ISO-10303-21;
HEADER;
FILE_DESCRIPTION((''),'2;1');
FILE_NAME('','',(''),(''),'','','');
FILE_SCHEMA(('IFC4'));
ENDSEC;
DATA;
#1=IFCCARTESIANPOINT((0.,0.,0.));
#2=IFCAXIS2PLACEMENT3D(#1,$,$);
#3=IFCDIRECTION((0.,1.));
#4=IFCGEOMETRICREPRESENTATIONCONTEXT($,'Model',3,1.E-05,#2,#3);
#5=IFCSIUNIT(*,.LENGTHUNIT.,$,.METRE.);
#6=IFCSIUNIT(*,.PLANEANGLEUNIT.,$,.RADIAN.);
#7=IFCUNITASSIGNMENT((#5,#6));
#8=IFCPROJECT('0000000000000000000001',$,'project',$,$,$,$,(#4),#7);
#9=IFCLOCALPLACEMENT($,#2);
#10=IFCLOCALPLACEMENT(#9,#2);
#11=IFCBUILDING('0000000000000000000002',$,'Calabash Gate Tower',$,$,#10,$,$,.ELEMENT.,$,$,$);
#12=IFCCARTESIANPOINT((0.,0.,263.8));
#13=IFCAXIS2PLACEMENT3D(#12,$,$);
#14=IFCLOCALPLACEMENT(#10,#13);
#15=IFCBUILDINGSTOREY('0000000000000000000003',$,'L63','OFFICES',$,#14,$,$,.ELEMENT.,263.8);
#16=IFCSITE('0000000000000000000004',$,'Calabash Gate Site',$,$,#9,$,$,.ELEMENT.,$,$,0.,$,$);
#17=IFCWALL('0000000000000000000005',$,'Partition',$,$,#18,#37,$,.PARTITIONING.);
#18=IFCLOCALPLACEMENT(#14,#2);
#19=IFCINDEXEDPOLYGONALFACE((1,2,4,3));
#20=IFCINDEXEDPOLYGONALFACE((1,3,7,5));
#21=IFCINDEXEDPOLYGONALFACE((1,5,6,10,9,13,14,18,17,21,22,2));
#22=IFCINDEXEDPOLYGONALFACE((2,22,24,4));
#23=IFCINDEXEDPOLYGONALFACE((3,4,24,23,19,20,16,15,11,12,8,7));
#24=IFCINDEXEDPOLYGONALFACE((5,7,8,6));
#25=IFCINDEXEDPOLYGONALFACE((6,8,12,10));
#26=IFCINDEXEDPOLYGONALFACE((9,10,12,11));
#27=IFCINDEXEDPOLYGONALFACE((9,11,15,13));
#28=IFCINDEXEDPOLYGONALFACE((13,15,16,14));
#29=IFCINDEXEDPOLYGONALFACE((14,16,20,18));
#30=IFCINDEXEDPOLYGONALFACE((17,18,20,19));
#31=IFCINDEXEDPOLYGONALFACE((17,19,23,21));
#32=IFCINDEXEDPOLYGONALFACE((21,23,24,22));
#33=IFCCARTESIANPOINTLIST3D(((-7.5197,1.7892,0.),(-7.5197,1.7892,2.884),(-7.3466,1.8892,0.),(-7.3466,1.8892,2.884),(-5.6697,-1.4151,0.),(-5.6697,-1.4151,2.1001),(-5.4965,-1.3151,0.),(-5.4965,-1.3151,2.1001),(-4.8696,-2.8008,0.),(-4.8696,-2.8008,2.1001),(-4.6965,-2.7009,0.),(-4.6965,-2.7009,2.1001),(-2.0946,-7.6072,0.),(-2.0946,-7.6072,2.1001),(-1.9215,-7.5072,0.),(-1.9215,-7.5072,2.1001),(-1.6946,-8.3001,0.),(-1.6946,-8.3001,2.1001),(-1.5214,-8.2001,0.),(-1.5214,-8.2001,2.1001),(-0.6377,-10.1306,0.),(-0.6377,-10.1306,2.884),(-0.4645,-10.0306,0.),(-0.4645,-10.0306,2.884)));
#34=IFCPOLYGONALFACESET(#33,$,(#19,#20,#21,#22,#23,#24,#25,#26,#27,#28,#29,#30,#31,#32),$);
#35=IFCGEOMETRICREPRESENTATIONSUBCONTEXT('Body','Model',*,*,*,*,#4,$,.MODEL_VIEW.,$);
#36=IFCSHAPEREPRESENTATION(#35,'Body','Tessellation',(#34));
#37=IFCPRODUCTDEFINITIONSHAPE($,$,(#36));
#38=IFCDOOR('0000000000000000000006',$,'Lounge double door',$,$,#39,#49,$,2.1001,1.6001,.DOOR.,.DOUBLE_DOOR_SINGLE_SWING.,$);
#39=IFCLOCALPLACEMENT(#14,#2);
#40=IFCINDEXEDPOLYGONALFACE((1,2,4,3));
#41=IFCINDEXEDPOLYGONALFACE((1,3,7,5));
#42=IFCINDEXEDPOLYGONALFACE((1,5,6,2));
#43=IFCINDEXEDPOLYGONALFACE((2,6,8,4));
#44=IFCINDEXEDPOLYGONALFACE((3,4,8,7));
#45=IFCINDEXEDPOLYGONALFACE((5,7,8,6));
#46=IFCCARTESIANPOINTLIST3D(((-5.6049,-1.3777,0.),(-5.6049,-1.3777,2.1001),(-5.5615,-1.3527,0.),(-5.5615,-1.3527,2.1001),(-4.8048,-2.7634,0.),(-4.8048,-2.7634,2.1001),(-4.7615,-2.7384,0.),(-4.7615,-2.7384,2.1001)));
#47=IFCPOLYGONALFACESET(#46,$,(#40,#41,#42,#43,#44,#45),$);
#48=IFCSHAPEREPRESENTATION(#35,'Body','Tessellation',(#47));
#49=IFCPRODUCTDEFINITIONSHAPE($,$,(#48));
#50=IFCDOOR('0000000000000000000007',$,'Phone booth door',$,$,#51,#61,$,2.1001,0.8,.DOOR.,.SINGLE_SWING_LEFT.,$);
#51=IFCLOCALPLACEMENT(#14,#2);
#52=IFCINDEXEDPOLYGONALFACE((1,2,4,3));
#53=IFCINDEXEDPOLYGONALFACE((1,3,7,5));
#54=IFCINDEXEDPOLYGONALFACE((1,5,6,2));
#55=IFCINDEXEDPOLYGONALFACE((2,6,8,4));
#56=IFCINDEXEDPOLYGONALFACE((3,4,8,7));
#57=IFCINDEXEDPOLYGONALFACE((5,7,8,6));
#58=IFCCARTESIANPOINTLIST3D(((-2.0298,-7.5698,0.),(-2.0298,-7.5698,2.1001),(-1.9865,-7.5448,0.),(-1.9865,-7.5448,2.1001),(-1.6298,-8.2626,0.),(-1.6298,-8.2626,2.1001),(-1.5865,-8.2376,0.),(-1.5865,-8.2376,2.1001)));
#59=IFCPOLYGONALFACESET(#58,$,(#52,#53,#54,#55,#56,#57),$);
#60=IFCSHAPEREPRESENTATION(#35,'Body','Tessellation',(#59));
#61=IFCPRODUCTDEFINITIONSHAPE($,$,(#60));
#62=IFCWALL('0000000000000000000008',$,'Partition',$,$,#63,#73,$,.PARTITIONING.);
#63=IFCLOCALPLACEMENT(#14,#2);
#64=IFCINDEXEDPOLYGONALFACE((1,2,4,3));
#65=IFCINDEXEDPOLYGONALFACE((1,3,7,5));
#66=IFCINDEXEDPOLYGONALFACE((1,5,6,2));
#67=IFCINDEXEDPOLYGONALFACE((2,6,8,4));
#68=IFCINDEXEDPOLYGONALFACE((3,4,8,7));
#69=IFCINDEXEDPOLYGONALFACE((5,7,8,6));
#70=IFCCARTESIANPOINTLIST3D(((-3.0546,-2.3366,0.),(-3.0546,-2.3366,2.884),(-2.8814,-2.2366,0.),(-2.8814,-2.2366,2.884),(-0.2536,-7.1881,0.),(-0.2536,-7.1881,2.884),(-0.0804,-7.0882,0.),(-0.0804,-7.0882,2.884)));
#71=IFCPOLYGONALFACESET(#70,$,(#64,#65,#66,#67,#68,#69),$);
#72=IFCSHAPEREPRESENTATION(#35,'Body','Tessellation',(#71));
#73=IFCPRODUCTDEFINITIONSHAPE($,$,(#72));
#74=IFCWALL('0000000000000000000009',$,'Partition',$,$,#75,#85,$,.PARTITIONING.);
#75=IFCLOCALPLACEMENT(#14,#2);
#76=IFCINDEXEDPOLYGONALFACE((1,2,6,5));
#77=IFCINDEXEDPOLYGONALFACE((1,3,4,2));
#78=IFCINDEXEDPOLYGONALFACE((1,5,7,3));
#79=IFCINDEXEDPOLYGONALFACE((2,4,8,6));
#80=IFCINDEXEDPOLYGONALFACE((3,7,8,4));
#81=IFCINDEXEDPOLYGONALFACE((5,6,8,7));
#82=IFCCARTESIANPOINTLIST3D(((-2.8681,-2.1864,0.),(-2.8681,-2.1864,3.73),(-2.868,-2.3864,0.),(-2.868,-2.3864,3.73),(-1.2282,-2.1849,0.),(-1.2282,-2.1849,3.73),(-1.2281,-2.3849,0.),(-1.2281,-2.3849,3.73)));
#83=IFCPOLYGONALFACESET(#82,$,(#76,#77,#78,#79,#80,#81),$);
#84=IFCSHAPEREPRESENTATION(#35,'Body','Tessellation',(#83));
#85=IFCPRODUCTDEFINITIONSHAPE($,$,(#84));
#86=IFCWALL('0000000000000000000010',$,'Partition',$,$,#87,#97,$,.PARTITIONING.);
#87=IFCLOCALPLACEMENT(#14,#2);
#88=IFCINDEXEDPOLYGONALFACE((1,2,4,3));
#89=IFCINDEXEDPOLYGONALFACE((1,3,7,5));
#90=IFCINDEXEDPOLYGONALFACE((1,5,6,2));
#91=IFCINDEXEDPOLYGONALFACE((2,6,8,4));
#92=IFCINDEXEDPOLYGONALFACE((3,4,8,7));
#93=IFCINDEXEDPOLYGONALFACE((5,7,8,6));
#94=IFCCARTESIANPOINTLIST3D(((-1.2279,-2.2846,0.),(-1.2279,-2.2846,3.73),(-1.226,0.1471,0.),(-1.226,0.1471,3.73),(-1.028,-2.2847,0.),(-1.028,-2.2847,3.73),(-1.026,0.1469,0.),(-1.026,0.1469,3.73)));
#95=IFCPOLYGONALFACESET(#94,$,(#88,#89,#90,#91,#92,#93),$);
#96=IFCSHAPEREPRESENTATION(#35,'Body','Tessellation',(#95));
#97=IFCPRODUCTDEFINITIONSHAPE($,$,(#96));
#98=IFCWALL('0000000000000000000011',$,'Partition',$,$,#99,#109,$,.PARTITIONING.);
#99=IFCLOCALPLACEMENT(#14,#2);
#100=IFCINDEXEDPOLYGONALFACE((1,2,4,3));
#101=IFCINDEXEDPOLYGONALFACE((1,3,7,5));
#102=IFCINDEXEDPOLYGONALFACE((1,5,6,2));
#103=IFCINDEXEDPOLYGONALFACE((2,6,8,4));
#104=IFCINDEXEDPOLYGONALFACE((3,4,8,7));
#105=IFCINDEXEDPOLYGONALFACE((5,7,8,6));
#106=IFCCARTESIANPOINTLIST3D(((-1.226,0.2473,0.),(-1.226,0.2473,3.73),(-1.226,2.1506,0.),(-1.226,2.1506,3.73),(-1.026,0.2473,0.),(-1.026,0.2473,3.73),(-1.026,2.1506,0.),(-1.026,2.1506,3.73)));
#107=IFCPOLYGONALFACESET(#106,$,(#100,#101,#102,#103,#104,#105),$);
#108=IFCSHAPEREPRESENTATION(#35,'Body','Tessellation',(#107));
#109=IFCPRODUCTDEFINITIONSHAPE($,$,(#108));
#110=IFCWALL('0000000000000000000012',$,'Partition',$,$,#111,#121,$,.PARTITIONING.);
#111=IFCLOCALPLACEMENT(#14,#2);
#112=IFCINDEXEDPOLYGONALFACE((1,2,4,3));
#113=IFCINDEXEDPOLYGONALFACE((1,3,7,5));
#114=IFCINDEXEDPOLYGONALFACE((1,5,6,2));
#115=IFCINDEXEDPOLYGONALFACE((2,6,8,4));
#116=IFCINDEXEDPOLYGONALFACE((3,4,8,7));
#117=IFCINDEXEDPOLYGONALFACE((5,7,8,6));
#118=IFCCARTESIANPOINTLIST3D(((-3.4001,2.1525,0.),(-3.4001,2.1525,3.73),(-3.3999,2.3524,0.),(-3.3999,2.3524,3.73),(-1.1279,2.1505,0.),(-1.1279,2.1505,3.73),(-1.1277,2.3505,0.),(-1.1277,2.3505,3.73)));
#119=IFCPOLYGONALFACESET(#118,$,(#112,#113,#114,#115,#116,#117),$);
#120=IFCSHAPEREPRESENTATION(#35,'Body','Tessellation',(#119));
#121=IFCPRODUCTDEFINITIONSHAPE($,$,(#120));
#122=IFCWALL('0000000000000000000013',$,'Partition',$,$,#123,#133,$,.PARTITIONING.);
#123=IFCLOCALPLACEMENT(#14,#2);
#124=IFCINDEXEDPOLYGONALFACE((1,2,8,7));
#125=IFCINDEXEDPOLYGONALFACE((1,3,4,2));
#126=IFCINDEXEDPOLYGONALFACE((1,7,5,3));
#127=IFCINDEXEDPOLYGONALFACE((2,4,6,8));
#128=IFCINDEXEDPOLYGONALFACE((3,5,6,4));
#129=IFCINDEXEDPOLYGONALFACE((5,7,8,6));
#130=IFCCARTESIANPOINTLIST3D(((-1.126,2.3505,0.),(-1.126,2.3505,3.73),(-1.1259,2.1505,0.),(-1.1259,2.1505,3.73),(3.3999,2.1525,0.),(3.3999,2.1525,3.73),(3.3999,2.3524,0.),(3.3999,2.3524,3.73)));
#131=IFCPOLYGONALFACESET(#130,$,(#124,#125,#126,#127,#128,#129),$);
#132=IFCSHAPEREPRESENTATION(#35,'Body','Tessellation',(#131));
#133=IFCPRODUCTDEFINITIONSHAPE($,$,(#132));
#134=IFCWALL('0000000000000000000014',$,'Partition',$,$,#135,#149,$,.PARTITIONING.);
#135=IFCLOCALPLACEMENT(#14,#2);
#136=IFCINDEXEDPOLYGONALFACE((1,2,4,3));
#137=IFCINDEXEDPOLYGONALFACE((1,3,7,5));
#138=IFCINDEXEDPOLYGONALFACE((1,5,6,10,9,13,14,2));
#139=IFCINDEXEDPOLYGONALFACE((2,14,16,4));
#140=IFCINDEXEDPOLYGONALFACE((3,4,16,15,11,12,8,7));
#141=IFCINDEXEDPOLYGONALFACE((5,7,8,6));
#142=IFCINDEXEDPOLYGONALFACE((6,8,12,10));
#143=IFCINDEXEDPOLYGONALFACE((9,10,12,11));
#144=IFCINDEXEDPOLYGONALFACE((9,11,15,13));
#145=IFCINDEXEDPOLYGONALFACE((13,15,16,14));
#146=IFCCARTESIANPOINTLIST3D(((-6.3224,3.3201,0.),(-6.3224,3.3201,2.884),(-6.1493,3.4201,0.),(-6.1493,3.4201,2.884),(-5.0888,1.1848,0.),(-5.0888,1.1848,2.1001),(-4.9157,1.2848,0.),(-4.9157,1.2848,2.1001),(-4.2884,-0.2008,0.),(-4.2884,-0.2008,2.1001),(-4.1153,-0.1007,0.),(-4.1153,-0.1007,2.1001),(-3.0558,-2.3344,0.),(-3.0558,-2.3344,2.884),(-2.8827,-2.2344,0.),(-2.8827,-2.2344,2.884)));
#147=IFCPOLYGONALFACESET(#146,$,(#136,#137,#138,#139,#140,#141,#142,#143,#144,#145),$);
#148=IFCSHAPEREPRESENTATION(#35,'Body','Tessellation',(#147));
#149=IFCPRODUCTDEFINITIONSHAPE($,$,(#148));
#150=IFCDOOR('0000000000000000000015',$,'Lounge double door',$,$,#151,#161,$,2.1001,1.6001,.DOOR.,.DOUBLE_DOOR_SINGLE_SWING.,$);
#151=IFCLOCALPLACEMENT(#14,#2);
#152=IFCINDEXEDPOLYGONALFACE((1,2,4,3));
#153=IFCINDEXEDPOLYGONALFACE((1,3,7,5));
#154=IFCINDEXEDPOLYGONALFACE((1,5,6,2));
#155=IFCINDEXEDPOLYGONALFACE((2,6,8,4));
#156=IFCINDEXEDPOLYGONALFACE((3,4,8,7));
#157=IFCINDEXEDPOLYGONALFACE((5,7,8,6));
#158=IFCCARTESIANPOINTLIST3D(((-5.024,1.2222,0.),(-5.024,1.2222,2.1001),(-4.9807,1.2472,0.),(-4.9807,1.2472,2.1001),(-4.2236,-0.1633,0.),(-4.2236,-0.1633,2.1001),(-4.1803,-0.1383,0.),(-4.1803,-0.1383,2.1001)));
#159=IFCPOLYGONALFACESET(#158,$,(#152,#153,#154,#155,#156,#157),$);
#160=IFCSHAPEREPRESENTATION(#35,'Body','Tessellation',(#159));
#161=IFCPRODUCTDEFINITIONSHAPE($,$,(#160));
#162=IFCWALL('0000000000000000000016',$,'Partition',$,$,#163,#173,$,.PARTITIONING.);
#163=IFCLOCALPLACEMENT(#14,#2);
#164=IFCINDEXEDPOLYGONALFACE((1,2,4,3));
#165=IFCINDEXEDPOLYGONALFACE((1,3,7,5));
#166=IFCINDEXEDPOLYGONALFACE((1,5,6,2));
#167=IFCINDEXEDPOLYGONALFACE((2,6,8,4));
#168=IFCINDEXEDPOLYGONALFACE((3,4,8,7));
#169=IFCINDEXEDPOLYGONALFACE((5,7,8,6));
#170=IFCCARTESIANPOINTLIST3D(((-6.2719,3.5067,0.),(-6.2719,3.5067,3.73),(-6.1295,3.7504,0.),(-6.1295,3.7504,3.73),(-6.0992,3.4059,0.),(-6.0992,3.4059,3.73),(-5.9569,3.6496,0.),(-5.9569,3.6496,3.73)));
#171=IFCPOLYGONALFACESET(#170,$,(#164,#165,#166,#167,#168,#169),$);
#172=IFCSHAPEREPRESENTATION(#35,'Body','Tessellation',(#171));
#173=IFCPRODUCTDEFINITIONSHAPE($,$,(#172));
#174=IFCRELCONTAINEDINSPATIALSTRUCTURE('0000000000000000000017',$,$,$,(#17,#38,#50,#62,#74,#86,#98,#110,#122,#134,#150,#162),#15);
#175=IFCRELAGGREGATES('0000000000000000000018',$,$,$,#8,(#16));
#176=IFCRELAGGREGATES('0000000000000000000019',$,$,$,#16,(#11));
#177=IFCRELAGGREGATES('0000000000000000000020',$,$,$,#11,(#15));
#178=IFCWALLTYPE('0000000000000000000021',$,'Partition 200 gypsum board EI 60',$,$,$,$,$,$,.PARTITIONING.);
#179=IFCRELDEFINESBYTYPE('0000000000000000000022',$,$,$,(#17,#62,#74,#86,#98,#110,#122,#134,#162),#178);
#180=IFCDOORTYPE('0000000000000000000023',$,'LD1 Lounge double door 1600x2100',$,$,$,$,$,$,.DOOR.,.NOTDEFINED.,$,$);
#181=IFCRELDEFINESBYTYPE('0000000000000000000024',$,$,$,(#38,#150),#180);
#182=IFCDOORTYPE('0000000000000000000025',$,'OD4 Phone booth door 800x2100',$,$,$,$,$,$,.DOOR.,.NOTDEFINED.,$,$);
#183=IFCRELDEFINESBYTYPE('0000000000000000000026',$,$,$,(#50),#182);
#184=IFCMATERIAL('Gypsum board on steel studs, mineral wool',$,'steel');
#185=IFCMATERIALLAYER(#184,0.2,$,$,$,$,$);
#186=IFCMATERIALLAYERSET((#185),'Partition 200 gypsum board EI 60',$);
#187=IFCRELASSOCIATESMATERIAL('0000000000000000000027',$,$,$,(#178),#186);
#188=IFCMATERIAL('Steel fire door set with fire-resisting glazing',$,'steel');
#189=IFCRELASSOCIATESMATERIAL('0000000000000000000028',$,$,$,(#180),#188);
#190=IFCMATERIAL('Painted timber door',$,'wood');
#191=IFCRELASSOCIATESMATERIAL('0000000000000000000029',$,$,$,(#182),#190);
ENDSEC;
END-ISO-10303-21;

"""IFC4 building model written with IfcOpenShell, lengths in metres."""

from ifc_helpers import new_model, si_unit, direction, frame, frame_2d, origin, place, context, subcontext, project, spatial, rectangle, extrude, material, layer, layer_set, type_object, element, fill, save


model = new_model("IFC4")

# Units and contexts
model_context = context("Model", 3, precision=1e-05, world=origin(), true_north=direction((0.0, 1.0)))
body_context = subcontext(model_context, "Body", "Model", "MODEL_VIEW")
ifc_project = project(units=[si_unit("LENGTHUNIT", "METRE"), si_unit("PLANEANGLEUNIT", "RADIAN")], contexts=[model_context])

# Site, building, storey
site_placement = place(None, origin())
site = spatial("IfcSite", under=ifc_project, at=site_placement, Name="Calabash Gate Site", CompositionType="ELEMENT", RefElevation=0.0)
building_placement = place(site_placement, origin())
building = spatial("IfcBuilding", under=site, at=building_placement, Name="Calabash Gate Tower", CompositionType="ELEMENT")
storey_placement = place(building_placement, frame((0.0, 0.0, 263.8)))
storey = spatial("IfcBuildingStorey", under=building, at=storey_placement, Name="L63", Description="OFFICES", CompositionType="ELEMENT", Elevation=263.8)

# Wall, openings, doors
ifc_material_1 = material(Name="Gypsum board on steel studs, mineral wool", Category="steel")
ifc_layer_1 = layer(ifc_material_1, 0.2)
ifc_layer_set_1 = layer_set([ifc_layer_1], Name="Partition 200 gypsum board EI 60")
wall_type_1 = type_object("IfcWallType", Name="Partition 200 gypsum board EI 60", PredefinedType="PARTITIONING", material=ifc_layer_set_1)
wall_1_placement = place(storey_placement, frame((-7.4331, 1.8391, 0.0), z_axis=(0.0, 0.0, 1.0), x_axis=(0.500006, -0.866022, 0.0)))
wall_1 = element("IfcWall", 1, at=wall_1_placement, inside=storey, type_object=wall_type_1, Name="Partition", PredefinedType="PARTITIONING", context=body_context, shape_type="SweptSolid", body=[
    extrude(rectangle(XDim=13.7639, YDim=0.2, at=frame_2d((6.8818, 0.0))), origin(), (0.0, 0.0, 1.0), 2.884),
])
opening_1_placement = place(wall_1_placement, frame((3.7, 0.0, 0.0)))
opening_1 = element("IfcOpeningElement", 2, at=opening_1_placement, cuts=wall_1, PredefinedType="OPENING", context=body_context, shape_type="SweptSolid", body=[
    extrude(rectangle(XDim=1.6001, YDim=2.1001, at=frame_2d((0.8, 1.05))), frame((0.0, 0.1099, 0.0), z_axis=(0.0, -1.0, 0.0), x_axis=(1.0, 0.0, 0.0)), (0.0, 0.0, 1.0), 0.22),
])
opening_2_placement = place(wall_1_placement, frame((10.8501, 0.0, 0.0)))
opening_2 = element("IfcOpeningElement", 3, at=opening_2_placement, cuts=wall_1, PredefinedType="OPENING", context=body_context, shape_type="SweptSolid", body=[
    extrude(rectangle(XDim=0.8, YDim=2.1001, at=frame_2d((0.3999, 1.05))), frame((0.0, 0.1099, 0.0), z_axis=(0.0, -1.0, 0.0), x_axis=(1.0, 0.0, 0.0)), (0.0, 0.0, 1.0), 0.22),
])
ifc_material_2 = material(Name="Steel fire door set with fire-resisting glazing", Category="steel")
door_type_1 = type_object("IfcDoorType", Name="LD1 Lounge double door 1600x2100", OperationType="NOTDEFINED", PredefinedType="DOOR", material=ifc_material_2)
door_1_placement = place(opening_1_placement, origin())
door_1 = element("IfcDoor", 4, at=door_1_placement, inside=storey, type_object=door_type_1, Name="Lounge double door", OperationType="DOUBLE_DOOR_SINGLE_SWING", OverallHeight=2.1001, OverallWidth=1.6001, PredefinedType="DOOR", context=body_context, shape_type="SweptSolid", body=[
    extrude(rectangle(XDim=1.6001, YDim=2.1001, at=frame_2d((0.8, 1.05))), frame((0.0, 0.0249, 0.0), z_axis=(0.0, -1.0, 0.0), x_axis=(1.0, 0.0, 0.0)), (0.0, 0.0, 1.0), 0.05),
])
fill(opening_1, door_1)
ifc_material_3 = material(Name="Painted timber door", Category="wood")
door_type_2 = type_object("IfcDoorType", Name="OD4 Phone booth door 800x2100", OperationType="NOTDEFINED", PredefinedType="DOOR", material=ifc_material_3)
door_2_placement = place(opening_2_placement, origin())
door_2 = element("IfcDoor", 5, at=door_2_placement, inside=storey, type_object=door_type_2, Name="Phone booth door", OperationType="SINGLE_SWING_LEFT", OverallHeight=2.1001, OverallWidth=0.8, PredefinedType="DOOR", context=body_context, shape_type="SweptSolid", body=[
    extrude(rectangle(XDim=0.8, YDim=2.1001, at=frame_2d((0.3999, 1.05))), frame((0.0, 0.0249, 0.0), z_axis=(0.0, -1.0, 0.0), x_axis=(1.0, 0.0, 0.0)), (0.0, 0.0, 1.0), 0.05),
])
fill(opening_2, door_2)

# Walls
wall_2_placement = place(storey_placement, frame((-2.968, -2.2866, 0.0), z_axis=(0.0, 0.0, 1.0), x_axis=(0.499997, -0.866027, 0.0)))
element("IfcWall", 6, at=wall_2_placement, inside=storey, type_object=wall_type_1, Name="Partition", PredefinedType="PARTITIONING", context=body_context, shape_type="SweptSolid", body=[
    extrude(rectangle(XDim=5.6021, YDim=0.2, at=frame_2d((2.801, 0.0))), origin(), (0.0, 0.0, 1.0), 2.884),
])
wall_3_placement = place(storey_placement, frame((-2.8679, -2.2864, 0.0), z_axis=(0.0, 0.0, 1.0), x_axis=(1.0, 0.000893, 0.0)))
element("IfcWall", 7, at=wall_3_placement, inside=storey, type_object=wall_type_1, Name="Partition", PredefinedType="PARTITIONING", context=body_context, shape_type="SweptSolid", body=[
    extrude(rectangle(XDim=1.6399, YDim=0.2, at=frame_2d((0.8198, 0.0))), origin(), (0.0, 0.0, 1.0), 3.73),
])
wall_4_placement = place(storey_placement, frame((-1.1279, -2.2847, 0.0), z_axis=(0.0, 0.0, 1.0), x_axis=(0.000803, 1.0, 0.0)))
element("IfcWall", 8, at=wall_4_placement, inside=storey, type_object=wall_type_1, Name="Partition", PredefinedType="PARTITIONING", context=body_context, shape_type="SweptSolid", body=[
    extrude(rectangle(XDim=2.4316, YDim=0.2, at=frame_2d((1.2158, 0.0))), origin(), (0.0, 0.0, 1.0), 3.73),
])
wall_5_placement = place(storey_placement, frame((-1.126, 0.2473, 0.0), z_axis=(0.0, 0.0, 1.0), x_axis=(0.0, 1.0, 0.0)))
element("IfcWall", 9, at=wall_5_placement, inside=storey, type_object=wall_type_1, Name="Partition", PredefinedType="PARTITIONING", context=body_context, shape_type="SweptSolid", body=[
    extrude(rectangle(XDim=1.9033, YDim=0.2, at=frame_2d((0.9517, 0.0))), origin(), (0.0, 0.0, 1.0), 3.73),
])
wall_6_placement = place(storey_placement, frame((-3.4001, 2.2524, 0.0), z_axis=(0.0, 0.0, 1.0), x_axis=(1.0, -0.00086, 0.0)))
element("IfcWall", 10, at=wall_6_placement, inside=storey, type_object=wall_type_1, Name="Partition", PredefinedType="PARTITIONING", context=body_context, shape_type="SweptSolid", body=[
    extrude(rectangle(XDim=2.2722, YDim=0.2, at=frame_2d((1.1362, 0.0))), origin(), (0.0, 0.0, 1.0), 3.73),
])
wall_7_placement = place(storey_placement, frame((-1.126, 2.2505, 0.0), z_axis=(0.0, 0.0, 1.0), x_axis=(1.0, 0.000432, 0.0)))
element("IfcWall", 11, at=wall_7_placement, inside=storey, type_object=wall_type_1, Name="Partition", PredefinedType="PARTITIONING", context=body_context, shape_type="SweptSolid", body=[
    extrude(rectangle(XDim=4.5259, YDim=0.2, at=frame_2d((2.2629, 0.0))), origin(), (0.0, 0.0, 1.0), 3.73),
])

# Wall, opening, door
wall_8_placement = place(storey_placement, frame((-6.2358, 3.3701, 0.0), z_axis=(0.0, 0.0, 1.0), x_axis=(0.500224, -0.865896, 0.0)))
wall_8 = element("IfcWall", 12, at=wall_8_placement, inside=storey, type_object=wall_type_1, Name="Partition", PredefinedType="PARTITIONING", context=body_context, shape_type="SweptSolid", body=[
    extrude(rectangle(XDim=6.5303, YDim=0.2, at=frame_2d((3.2651, 0.0))), origin(), (0.0, 0.0, 1.0), 2.884),
])
opening_3_placement = place(wall_8_placement, frame((2.4661, 0.0, 0.0)))
opening_3 = element("IfcOpeningElement", 13, at=opening_3_placement, cuts=wall_8, PredefinedType="OPENING", context=body_context, shape_type="SweptSolid", body=[
    extrude(rectangle(XDim=1.6001, YDim=2.1001, at=frame_2d((0.8, 1.05))), frame((0.0, 0.1099, 0.0), z_axis=(0.0, -1.0, 0.0), x_axis=(1.0, 0.0, 0.0)), (0.0, 0.0, 1.0), 0.22),
])
door_3_placement = place(opening_3_placement, origin())
door_3 = element("IfcDoor", 14, at=door_3_placement, inside=storey, type_object=door_type_1, Name="Lounge double door", OperationType="DOUBLE_DOOR_SINGLE_SWING", OverallHeight=2.1001, OverallWidth=1.6001, PredefinedType="DOOR", context=body_context, shape_type="SweptSolid", body=[
    extrude(rectangle(XDim=1.6001, YDim=2.1001, at=frame_2d((0.8, 1.05))), frame((0.0, 0.0249, 0.0), z_axis=(0.0, -1.0, 0.0), x_axis=(1.0, 0.0, 0.0)), (0.0, 0.0, 1.0), 0.05),
])
fill(opening_3, door_3)

# Wall
wall_9_placement = place(storey_placement, frame((-6.1855, 3.4563, 0.0), z_axis=(0.0, 0.0, 1.0), x_axis=(0.504409, 0.863465, 0.0)))
element("IfcWall", 15, at=wall_9_placement, inside=storey, type_object=wall_type_1, Name="Partition", PredefinedType="PARTITIONING", context=body_context, shape_type="SweptSolid", body=[
    extrude(rectangle(XDim=0.2822, YDim=0.2, at=frame_2d((0.1411, 0.0))), origin(), (0.0, 0.0, 1.0), 3.73),
])

save(model, "model.ifc")
